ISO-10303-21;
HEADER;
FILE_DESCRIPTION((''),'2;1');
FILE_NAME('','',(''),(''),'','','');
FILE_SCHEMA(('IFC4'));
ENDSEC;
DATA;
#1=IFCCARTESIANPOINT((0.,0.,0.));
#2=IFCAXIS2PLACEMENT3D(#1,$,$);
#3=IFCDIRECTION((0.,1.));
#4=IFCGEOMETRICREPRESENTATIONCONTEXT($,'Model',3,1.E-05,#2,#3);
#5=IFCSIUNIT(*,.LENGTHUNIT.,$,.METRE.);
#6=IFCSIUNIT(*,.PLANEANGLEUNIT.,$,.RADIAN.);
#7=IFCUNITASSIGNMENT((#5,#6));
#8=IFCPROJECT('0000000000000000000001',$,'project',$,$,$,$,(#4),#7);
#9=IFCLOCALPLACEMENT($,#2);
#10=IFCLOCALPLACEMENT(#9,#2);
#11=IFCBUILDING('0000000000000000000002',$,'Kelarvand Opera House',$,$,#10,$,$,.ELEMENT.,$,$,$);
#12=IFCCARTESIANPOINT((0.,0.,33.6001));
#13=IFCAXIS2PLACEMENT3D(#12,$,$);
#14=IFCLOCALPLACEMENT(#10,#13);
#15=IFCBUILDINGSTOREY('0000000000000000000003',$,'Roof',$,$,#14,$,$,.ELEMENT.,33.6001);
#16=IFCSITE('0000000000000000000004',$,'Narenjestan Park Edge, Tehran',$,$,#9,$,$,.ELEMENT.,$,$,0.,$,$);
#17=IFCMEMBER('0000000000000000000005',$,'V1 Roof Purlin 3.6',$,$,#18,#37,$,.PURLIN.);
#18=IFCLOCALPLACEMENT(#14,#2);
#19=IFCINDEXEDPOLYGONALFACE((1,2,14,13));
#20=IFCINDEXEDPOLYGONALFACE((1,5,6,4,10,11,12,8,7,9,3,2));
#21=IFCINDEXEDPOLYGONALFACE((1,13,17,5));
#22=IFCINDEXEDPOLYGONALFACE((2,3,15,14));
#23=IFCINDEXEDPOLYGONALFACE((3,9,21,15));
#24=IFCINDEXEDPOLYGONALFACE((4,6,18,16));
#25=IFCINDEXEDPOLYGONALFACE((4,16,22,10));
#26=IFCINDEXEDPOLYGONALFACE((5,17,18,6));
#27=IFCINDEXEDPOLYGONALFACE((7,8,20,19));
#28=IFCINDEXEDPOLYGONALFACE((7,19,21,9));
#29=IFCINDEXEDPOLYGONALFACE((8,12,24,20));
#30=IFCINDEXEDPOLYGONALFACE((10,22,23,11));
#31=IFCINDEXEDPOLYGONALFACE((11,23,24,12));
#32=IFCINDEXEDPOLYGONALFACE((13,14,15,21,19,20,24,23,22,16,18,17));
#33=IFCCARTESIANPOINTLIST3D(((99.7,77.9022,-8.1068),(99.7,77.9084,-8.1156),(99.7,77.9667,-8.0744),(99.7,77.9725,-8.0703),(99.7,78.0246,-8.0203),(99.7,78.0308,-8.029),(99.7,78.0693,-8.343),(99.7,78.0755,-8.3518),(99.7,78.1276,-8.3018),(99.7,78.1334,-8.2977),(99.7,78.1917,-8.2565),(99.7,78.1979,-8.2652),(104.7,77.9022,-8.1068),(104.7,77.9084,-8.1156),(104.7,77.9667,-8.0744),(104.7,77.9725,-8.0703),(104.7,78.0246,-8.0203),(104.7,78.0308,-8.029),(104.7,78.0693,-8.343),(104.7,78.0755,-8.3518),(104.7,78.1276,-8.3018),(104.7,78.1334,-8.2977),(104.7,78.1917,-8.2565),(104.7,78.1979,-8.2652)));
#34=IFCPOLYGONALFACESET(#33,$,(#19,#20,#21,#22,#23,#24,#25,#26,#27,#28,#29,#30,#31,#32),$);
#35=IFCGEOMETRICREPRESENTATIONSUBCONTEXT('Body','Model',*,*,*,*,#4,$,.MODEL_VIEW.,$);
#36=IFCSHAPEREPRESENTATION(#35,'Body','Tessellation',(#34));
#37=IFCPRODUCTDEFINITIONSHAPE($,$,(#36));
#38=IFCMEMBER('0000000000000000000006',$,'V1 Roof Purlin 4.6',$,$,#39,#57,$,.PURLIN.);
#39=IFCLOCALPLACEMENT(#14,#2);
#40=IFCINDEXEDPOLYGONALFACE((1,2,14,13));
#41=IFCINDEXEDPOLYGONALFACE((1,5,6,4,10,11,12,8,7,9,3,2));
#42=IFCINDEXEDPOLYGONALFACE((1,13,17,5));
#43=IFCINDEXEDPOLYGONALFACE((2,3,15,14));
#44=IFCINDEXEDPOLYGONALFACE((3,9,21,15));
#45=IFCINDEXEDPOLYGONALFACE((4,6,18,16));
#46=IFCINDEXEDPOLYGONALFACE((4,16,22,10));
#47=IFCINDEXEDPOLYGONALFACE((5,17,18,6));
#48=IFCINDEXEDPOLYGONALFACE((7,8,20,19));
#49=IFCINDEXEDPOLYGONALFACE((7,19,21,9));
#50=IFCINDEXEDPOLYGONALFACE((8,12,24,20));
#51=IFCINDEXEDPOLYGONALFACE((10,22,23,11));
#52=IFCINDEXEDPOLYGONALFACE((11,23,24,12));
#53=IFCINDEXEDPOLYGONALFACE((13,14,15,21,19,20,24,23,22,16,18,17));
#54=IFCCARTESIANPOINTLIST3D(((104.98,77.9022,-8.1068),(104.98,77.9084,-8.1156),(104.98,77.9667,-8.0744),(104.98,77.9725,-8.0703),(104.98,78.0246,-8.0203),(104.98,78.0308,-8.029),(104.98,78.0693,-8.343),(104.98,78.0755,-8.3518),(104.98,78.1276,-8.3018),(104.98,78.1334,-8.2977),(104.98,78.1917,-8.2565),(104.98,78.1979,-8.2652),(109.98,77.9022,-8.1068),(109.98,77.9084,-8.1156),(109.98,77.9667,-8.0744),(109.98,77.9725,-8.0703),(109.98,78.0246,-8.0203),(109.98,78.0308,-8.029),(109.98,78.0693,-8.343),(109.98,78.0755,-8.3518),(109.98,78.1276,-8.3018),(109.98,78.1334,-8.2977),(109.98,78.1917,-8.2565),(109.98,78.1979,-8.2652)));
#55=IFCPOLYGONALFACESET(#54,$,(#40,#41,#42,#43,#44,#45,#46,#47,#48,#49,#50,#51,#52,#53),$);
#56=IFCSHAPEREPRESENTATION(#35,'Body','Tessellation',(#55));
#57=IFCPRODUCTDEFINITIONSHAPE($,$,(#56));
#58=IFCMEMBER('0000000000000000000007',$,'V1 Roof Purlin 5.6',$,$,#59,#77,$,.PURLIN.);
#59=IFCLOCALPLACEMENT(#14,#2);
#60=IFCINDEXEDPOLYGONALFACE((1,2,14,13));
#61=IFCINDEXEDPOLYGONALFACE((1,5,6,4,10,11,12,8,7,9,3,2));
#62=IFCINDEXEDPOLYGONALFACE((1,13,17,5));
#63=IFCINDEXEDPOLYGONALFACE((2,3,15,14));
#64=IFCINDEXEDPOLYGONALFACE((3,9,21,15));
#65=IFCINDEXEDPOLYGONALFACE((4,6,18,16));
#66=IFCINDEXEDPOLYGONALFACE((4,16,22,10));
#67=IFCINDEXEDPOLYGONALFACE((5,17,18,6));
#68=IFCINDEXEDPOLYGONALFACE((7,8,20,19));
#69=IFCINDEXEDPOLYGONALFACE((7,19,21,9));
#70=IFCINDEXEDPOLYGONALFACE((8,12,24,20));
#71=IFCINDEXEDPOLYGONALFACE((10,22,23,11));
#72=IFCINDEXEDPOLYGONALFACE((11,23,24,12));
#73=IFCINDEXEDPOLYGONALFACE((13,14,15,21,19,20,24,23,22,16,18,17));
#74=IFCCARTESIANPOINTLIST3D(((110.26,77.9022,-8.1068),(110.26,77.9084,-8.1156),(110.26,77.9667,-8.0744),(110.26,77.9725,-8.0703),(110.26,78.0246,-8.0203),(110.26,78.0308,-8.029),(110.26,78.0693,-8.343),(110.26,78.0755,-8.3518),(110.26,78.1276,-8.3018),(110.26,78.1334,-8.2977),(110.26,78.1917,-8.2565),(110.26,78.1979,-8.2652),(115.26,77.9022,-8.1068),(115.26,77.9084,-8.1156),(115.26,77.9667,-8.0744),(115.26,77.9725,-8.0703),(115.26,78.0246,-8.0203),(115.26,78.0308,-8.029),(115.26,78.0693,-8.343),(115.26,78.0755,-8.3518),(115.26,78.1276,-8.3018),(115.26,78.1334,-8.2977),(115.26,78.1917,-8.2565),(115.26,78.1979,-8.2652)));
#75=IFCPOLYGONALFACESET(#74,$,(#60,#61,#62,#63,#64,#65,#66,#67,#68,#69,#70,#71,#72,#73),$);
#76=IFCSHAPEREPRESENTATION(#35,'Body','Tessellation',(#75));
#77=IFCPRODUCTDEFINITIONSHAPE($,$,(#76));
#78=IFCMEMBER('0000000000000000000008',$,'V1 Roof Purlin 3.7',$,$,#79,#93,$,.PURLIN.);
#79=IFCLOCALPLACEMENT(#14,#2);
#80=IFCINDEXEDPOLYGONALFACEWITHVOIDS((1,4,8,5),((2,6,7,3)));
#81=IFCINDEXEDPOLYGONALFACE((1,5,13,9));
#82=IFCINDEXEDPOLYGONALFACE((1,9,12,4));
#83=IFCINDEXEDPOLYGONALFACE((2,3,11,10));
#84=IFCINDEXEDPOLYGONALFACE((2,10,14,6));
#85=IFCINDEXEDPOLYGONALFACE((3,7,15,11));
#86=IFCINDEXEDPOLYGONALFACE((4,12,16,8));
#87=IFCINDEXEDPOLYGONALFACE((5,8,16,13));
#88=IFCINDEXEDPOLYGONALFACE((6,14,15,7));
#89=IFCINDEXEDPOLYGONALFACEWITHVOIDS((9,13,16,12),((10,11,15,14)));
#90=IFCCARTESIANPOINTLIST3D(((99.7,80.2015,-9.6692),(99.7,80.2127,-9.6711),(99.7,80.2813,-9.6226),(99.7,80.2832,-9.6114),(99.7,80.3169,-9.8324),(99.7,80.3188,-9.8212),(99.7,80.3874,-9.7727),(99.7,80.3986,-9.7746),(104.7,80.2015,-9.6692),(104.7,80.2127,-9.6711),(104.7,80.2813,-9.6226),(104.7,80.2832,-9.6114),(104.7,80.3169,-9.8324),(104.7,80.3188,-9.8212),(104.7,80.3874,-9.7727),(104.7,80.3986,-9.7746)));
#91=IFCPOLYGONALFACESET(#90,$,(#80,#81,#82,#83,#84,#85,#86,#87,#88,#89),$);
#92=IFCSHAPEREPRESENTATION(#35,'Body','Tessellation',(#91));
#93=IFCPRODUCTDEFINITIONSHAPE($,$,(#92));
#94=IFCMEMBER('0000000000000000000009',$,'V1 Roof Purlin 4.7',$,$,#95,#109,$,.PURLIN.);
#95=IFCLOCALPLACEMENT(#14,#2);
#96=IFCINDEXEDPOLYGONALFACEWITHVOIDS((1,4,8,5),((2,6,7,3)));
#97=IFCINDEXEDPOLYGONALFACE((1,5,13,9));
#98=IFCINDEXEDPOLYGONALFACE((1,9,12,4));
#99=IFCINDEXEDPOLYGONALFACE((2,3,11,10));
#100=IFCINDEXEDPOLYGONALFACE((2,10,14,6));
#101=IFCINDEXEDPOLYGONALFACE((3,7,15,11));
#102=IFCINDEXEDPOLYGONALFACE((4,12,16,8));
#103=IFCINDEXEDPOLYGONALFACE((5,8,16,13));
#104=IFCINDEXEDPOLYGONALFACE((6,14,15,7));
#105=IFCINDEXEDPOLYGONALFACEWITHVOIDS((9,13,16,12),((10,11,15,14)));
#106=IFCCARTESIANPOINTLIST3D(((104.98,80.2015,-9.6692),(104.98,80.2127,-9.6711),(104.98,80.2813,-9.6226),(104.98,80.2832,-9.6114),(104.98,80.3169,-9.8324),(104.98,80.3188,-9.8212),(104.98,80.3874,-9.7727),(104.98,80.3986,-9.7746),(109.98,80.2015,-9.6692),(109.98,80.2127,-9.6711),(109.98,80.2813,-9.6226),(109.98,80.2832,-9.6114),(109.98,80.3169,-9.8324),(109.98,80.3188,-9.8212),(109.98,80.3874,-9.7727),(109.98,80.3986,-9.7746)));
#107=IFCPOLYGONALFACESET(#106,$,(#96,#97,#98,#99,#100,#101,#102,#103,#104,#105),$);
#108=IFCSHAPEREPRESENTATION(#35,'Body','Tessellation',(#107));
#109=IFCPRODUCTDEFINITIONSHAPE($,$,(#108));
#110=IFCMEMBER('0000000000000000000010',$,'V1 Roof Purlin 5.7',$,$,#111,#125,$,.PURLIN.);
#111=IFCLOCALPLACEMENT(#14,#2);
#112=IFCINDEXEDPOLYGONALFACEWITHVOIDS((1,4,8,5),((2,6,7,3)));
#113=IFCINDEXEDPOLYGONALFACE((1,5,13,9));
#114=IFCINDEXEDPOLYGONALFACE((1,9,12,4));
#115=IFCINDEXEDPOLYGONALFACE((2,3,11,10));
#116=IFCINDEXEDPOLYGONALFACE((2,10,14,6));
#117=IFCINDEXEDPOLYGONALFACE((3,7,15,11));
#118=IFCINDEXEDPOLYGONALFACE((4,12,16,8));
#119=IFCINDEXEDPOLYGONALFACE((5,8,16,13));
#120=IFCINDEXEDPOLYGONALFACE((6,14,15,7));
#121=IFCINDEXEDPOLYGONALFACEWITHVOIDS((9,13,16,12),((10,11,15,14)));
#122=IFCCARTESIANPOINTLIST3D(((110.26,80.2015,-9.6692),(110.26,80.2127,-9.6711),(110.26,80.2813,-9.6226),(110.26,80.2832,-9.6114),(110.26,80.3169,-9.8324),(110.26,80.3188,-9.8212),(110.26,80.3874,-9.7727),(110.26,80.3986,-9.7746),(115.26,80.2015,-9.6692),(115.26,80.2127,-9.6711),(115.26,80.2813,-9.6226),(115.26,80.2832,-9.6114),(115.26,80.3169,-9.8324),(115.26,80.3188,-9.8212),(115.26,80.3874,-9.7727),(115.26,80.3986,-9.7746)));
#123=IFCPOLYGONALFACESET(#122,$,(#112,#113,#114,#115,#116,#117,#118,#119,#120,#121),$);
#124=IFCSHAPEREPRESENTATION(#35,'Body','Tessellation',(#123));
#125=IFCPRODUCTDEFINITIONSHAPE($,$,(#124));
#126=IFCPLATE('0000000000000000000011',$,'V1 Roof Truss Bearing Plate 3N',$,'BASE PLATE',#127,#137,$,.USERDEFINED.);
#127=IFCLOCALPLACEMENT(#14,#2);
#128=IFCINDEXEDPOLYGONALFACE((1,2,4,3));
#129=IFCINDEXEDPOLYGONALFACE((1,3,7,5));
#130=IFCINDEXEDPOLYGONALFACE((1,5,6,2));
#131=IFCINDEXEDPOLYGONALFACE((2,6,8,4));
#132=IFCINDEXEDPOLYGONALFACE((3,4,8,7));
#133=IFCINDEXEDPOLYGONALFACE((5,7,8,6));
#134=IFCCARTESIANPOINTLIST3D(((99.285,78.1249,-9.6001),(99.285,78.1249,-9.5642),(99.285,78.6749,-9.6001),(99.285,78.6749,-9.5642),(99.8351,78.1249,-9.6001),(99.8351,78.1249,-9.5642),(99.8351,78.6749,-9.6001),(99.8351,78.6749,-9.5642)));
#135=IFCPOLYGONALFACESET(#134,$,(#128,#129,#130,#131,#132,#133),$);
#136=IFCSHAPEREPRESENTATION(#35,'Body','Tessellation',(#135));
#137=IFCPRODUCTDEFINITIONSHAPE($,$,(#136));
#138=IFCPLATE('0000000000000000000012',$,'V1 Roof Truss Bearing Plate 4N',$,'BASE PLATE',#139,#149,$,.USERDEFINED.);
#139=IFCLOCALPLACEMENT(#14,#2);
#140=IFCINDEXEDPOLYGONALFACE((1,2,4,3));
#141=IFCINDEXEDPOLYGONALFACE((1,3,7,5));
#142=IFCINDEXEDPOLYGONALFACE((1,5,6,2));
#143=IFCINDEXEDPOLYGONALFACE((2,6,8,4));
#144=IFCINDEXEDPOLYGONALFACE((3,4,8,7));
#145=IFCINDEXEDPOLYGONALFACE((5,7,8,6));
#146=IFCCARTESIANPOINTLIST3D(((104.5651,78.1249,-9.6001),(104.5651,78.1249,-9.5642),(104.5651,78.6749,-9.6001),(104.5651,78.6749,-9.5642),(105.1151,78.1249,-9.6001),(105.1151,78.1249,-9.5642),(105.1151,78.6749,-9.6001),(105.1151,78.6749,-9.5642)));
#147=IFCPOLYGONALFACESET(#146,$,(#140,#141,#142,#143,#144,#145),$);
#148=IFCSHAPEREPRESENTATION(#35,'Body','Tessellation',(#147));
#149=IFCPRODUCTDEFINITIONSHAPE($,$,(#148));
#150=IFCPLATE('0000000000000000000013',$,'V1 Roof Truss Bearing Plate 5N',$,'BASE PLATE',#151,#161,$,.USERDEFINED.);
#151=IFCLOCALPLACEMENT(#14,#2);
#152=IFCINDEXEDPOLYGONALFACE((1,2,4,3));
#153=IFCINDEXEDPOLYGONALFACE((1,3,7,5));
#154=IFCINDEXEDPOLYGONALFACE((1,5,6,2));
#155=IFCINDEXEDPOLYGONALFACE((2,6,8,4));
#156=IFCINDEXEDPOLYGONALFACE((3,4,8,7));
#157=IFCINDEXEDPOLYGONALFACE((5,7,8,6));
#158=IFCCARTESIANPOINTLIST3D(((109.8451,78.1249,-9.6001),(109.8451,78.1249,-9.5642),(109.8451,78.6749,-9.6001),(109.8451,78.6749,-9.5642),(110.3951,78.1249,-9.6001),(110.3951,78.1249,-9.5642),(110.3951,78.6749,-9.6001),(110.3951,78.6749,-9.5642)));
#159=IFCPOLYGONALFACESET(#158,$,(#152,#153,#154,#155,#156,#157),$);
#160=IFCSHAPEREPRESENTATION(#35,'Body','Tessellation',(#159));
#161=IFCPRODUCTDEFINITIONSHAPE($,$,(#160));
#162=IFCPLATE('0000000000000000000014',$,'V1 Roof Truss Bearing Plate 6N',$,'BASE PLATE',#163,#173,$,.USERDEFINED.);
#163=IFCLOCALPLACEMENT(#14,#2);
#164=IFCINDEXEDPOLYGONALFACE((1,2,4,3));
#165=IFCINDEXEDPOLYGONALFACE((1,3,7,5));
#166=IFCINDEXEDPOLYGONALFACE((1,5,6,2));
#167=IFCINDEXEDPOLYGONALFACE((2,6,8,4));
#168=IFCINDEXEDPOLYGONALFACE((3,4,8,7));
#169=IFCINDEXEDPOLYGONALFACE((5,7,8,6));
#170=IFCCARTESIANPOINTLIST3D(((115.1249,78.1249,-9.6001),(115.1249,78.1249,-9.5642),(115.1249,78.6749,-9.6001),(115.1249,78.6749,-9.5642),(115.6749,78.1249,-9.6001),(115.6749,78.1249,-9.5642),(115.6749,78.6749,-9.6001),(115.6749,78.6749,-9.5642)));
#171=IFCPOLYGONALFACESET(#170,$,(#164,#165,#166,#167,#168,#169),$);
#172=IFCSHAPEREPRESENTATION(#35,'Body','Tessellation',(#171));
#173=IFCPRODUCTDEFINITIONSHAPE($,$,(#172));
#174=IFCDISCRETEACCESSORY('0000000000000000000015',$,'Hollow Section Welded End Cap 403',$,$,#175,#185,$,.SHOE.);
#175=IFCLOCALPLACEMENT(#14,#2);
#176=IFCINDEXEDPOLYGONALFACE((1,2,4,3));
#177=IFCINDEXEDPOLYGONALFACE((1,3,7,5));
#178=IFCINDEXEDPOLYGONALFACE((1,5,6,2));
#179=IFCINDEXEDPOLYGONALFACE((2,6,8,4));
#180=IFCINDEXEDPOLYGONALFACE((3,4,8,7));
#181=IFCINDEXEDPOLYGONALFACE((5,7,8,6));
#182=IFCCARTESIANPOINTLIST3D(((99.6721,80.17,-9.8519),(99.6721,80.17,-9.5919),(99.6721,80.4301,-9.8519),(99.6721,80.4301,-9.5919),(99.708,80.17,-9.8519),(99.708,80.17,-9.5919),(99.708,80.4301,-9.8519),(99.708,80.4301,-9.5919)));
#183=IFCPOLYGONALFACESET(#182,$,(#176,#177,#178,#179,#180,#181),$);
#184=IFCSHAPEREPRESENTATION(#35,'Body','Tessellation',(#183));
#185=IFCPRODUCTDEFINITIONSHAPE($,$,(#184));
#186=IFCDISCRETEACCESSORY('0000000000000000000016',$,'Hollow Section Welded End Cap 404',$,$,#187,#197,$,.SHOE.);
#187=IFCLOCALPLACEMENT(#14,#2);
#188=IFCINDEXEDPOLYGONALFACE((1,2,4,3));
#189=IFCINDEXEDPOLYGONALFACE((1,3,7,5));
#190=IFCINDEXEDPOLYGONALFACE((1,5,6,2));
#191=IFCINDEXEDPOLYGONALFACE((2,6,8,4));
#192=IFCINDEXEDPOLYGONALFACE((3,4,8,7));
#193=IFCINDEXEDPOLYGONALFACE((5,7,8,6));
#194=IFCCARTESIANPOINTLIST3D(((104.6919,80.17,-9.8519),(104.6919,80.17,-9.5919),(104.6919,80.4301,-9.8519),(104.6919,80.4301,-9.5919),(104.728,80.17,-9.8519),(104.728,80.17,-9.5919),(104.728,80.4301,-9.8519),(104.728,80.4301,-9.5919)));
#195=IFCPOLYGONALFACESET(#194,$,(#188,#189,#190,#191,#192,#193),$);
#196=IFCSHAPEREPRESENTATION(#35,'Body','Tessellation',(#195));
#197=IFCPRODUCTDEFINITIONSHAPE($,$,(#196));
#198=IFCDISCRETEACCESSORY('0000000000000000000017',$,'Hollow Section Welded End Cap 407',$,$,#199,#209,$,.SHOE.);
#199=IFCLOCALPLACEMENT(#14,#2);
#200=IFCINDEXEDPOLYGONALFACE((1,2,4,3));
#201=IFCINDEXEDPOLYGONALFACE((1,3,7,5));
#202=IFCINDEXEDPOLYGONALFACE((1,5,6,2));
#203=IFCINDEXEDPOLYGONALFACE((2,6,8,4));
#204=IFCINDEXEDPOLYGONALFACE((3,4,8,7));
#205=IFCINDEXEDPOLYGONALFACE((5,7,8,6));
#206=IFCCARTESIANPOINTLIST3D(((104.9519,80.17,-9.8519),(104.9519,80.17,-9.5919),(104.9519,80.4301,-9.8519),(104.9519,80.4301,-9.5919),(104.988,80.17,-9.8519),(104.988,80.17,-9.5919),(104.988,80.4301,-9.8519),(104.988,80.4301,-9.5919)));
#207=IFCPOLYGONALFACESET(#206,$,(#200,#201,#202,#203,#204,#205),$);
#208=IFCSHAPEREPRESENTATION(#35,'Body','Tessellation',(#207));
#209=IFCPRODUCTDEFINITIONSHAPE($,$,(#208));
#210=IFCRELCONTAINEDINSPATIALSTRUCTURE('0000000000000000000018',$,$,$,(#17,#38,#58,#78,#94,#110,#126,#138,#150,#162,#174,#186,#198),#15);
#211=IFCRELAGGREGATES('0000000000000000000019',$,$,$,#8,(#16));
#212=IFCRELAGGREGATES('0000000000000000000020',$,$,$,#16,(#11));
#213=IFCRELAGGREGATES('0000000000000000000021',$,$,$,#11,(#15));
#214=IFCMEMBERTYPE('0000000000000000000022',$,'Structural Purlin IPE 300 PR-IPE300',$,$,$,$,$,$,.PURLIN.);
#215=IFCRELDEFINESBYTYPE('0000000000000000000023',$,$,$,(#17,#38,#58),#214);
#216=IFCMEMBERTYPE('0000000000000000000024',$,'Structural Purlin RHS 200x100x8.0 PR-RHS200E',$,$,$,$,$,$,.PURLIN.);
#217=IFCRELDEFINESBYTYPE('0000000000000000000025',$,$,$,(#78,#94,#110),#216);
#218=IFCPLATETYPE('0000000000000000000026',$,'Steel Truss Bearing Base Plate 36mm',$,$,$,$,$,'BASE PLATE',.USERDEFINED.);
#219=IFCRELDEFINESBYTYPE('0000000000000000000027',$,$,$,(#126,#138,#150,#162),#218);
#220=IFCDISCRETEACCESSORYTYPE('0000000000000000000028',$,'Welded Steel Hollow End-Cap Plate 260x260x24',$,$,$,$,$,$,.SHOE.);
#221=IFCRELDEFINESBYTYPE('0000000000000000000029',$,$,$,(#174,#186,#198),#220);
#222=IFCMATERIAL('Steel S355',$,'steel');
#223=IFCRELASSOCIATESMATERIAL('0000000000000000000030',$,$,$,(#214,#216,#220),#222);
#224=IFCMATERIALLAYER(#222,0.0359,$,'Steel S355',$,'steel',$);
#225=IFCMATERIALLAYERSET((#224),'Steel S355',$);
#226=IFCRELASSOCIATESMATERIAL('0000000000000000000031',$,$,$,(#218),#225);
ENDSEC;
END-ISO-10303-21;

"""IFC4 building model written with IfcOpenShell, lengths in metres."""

from ifc_helpers import new_model, si_unit, direction, frame, origin, origin_2d, place, context, subcontext, project, spatial, rectangle, hollow_rectangle, i_section, extrude, material, layer, layer_set, material_profile, profile_set, type_object, element, save


model = new_model("IFC4")

# Units and contexts
model_context = context("Model", 3, precision=1e-05, world=origin(), true_north=direction((0.0, 1.0)))
body_context = subcontext(model_context, "Body", "Model", "MODEL_VIEW")
ifc_project = project(units=[si_unit("LENGTHUNIT", "METRE"), si_unit("PLANEANGLEUNIT", "RADIAN")], contexts=[model_context])

# Site, building, storey
site_placement = place(None, origin())
site = spatial("IfcSite", under=ifc_project, at=site_placement, Name="Narenjestan Park Edge, Tehran", CompositionType="ELEMENT", RefElevation=0.0)
building_placement = place(site_placement, origin())
building = spatial("IfcBuilding", under=site, at=building_placement, Name="Kelarvand Opera House", CompositionType="ELEMENT")
storey_placement = place(building_placement, frame((0.0, 0.0, 33.6001)))
storey = spatial("IfcBuildingStorey", under=building, at=storey_placement, Name="Roof", CompositionType="ELEMENT", Elevation=33.6001)

# Members
ifc_material = material(Name="Steel S355", Category="steel")
ifc_material_profile_1 = material_profile(ifc_material, i_section(OverallWidth=0.1499, OverallDepth=0.3, WebThickness=0.0071, FlangeThickness=0.0107, at=origin_2d()), Name="IPE 300", Category="steel")
ifc_profile_set_1 = profile_set([ifc_material_profile_1], Name="Steel S355")
member_type_1 = type_object("IfcMemberType", Name="Structural Purlin IPE 300 PR-IPE300", PredefinedType="PURLIN", material=ifc_profile_set_1)
for number, where, z_axis, x_axis, name in (
    (1, (99.7, 78.05, -8.186), (1.0, 0.0, 0.0), (0.0, 0.81644, 0.57743), "V1 Roof Purlin 3.6"),
    (2, (104.98, 78.05, -8.186), (1.0, 0.0, 0.0), (0.0, 0.81644, 0.57743), "V1 Roof Purlin 4.6"),
    (3, (110.26, 78.05, -8.186), (1.0, 0.0, 0.0), (0.0, 0.81644, 0.57743), "V1 Roof Purlin 5.6"),
):
    element("IfcMember", number, at=place(storey_placement, frame(where, z_axis=z_axis, x_axis=x_axis)), inside=storey, type_object=member_type_1, Name=name, PredefinedType="PURLIN", context=body_context, shape_type="SweptSolid", body=[
        extrude(i_section(OverallWidth=0.1499, OverallDepth=0.3, WebThickness=0.0071, FlangeThickness=0.0107, at=origin_2d()), origin(), (0.0, 0.0, 1.0), 5.0),
    ])
ifc_material_profile_2 = material_profile(ifc_material, hollow_rectangle(XDim=0.1001, YDim=0.2, WallThickness=0.0081, at=origin_2d()), Name="RHS 200x100x8.0", Category="steel")
ifc_profile_set_2 = profile_set([ifc_material_profile_2], Name="Steel S355")
member_type_2 = type_object("IfcMemberType", Name="Structural Purlin RHS 200x100x8.0 PR-RHS200E", PredefinedType="PURLIN", material=ifc_profile_set_2)
for number, where, z_axis, x_axis, name in (
    (4, (99.7, 80.3, -9.7219), (1.0, 0.0, 0.0), (0.0, 0.81644, 0.57743), "V1 Roof Purlin 3.7"),
    (5, (104.98, 80.3, -9.7219), (1.0, 0.0, 0.0), (0.0, 0.81644, 0.57743), "V1 Roof Purlin 4.7"),
    (6, (110.26, 80.3, -9.7219), (1.0, 0.0, 0.0), (0.0, 0.81644, 0.57743), "V1 Roof Purlin 5.7"),
):
    element("IfcMember", number, at=place(storey_placement, frame(where, z_axis=z_axis, x_axis=x_axis)), inside=storey, type_object=member_type_2, Name=name, PredefinedType="PURLIN", context=body_context, shape_type="SweptSolid", body=[
        extrude(hollow_rectangle(XDim=0.1001, YDim=0.2, WallThickness=0.0081, at=origin_2d()), origin(), (0.0, 0.0, 1.0), 5.0),
    ])

# Plates
ifc_layer = layer(ifc_material, 0.0359, Name="Steel S355", Category="steel")
ifc_layer_set = layer_set([ifc_layer], Name="Steel S355")
plate_type = type_object("IfcPlateType", Name="Steel Truss Bearing Base Plate 36mm", ElementType="BASE PLATE", PredefinedType="USERDEFINED", material=ifc_layer_set)
for number, where, z_axis, x_axis, name in (
    (7, (99.5601, 78.3999, -9.6001), (0.0, 0.0, 1.0), (1.0, 0.0, 0.0), "V1 Roof Truss Bearing Plate 3N"),
    (8, (104.8401, 78.3999, -9.6001), (0.0, 0.0, 1.0), (1.0, 0.0, 0.0), "V1 Roof Truss Bearing Plate 4N"),
    (9, (110.1201, 78.3999, -9.6001), (0.0, 0.0, 1.0), (1.0, 0.0, 0.0), "V1 Roof Truss Bearing Plate 5N"),
    (10, (115.3999, 78.3999, -9.6001), (0.0, 0.0, 1.0), (1.0, 0.0, 0.0), "V1 Roof Truss Bearing Plate 6N"),
):
    element("IfcPlate", number, at=place(storey_placement, frame(where, z_axis=z_axis, x_axis=x_axis)), inside=storey, type_object=plate_type, Name=name, ObjectType="BASE PLATE", PredefinedType="USERDEFINED", context=body_context, shape_type="SweptSolid", body=[
        extrude(rectangle(XDim=0.55, YDim=0.55, at=origin_2d()), origin(), (0.0, 0.0, 1.0), 0.0359),
    ])

# Discrete accessories
ifc_material_profile_3 = material_profile(ifc_material, rectangle(XDim=0.26, YDim=0.26, at=origin_2d()), Name="Welded Steel Hollow End-Cap Plate 260x260x24", Category="steel")
ifc_profile_set_3 = profile_set([ifc_material_profile_3], Name="Steel S355")
discrete_accessory_type_1 = type_object("IfcDiscreteAccessoryType", Name="Welded Steel Hollow End-Cap Plate 260x260x24", PredefinedType="SHOE", material=ifc_profile_set_3)
discrete_accessory_placement = place(storey_placement, frame((99.708, 80.3, -9.7219), z_axis=(-1.0, 0.0, 0.0), x_axis=(0.0, -1.0, 0.0)))
element("IfcDiscreteAccessory", 11, at=discrete_accessory_placement, inside=storey, type_object=discrete_accessory_type_1, Name="Hollow Section Welded End Cap 403", PredefinedType="SHOE", context=body_context, shape_type="SweptSolid", body=[
    extrude(rectangle(XDim=0.26, YDim=0.26, at=origin_2d()), origin(), (0.0, 0.0, 1.0), 0.0359),
])
for number, where, z_axis, x_axis, name in (
    (12, (104.6919, 80.3, -9.7219), (1.0, 0.0, 0.0), (0.0, 1.0, 0.0), "Hollow Section Welded End Cap 404"),
    (13, (104.988, 80.3, -9.7219), (-1.0, 0.0, 0.0), (0.0, -1.0, 0.0), "Hollow Section Welded End Cap 407"),
):
    element("IfcDiscreteAccessory", number, at=place(storey_placement, frame(where, z_axis=z_axis, x_axis=x_axis)), inside=storey, type_object=discrete_accessory_type_1, Name=name, PredefinedType="SHOE", context=body_context, shape_type="SweptSolid", body=[
        extrude(rectangle(XDim=0.26, YDim=0.26, at=origin_2d()), origin(), (0.0, 0.0, 1.0), 0.0361),
    ])

save(model, "model.ifc")
